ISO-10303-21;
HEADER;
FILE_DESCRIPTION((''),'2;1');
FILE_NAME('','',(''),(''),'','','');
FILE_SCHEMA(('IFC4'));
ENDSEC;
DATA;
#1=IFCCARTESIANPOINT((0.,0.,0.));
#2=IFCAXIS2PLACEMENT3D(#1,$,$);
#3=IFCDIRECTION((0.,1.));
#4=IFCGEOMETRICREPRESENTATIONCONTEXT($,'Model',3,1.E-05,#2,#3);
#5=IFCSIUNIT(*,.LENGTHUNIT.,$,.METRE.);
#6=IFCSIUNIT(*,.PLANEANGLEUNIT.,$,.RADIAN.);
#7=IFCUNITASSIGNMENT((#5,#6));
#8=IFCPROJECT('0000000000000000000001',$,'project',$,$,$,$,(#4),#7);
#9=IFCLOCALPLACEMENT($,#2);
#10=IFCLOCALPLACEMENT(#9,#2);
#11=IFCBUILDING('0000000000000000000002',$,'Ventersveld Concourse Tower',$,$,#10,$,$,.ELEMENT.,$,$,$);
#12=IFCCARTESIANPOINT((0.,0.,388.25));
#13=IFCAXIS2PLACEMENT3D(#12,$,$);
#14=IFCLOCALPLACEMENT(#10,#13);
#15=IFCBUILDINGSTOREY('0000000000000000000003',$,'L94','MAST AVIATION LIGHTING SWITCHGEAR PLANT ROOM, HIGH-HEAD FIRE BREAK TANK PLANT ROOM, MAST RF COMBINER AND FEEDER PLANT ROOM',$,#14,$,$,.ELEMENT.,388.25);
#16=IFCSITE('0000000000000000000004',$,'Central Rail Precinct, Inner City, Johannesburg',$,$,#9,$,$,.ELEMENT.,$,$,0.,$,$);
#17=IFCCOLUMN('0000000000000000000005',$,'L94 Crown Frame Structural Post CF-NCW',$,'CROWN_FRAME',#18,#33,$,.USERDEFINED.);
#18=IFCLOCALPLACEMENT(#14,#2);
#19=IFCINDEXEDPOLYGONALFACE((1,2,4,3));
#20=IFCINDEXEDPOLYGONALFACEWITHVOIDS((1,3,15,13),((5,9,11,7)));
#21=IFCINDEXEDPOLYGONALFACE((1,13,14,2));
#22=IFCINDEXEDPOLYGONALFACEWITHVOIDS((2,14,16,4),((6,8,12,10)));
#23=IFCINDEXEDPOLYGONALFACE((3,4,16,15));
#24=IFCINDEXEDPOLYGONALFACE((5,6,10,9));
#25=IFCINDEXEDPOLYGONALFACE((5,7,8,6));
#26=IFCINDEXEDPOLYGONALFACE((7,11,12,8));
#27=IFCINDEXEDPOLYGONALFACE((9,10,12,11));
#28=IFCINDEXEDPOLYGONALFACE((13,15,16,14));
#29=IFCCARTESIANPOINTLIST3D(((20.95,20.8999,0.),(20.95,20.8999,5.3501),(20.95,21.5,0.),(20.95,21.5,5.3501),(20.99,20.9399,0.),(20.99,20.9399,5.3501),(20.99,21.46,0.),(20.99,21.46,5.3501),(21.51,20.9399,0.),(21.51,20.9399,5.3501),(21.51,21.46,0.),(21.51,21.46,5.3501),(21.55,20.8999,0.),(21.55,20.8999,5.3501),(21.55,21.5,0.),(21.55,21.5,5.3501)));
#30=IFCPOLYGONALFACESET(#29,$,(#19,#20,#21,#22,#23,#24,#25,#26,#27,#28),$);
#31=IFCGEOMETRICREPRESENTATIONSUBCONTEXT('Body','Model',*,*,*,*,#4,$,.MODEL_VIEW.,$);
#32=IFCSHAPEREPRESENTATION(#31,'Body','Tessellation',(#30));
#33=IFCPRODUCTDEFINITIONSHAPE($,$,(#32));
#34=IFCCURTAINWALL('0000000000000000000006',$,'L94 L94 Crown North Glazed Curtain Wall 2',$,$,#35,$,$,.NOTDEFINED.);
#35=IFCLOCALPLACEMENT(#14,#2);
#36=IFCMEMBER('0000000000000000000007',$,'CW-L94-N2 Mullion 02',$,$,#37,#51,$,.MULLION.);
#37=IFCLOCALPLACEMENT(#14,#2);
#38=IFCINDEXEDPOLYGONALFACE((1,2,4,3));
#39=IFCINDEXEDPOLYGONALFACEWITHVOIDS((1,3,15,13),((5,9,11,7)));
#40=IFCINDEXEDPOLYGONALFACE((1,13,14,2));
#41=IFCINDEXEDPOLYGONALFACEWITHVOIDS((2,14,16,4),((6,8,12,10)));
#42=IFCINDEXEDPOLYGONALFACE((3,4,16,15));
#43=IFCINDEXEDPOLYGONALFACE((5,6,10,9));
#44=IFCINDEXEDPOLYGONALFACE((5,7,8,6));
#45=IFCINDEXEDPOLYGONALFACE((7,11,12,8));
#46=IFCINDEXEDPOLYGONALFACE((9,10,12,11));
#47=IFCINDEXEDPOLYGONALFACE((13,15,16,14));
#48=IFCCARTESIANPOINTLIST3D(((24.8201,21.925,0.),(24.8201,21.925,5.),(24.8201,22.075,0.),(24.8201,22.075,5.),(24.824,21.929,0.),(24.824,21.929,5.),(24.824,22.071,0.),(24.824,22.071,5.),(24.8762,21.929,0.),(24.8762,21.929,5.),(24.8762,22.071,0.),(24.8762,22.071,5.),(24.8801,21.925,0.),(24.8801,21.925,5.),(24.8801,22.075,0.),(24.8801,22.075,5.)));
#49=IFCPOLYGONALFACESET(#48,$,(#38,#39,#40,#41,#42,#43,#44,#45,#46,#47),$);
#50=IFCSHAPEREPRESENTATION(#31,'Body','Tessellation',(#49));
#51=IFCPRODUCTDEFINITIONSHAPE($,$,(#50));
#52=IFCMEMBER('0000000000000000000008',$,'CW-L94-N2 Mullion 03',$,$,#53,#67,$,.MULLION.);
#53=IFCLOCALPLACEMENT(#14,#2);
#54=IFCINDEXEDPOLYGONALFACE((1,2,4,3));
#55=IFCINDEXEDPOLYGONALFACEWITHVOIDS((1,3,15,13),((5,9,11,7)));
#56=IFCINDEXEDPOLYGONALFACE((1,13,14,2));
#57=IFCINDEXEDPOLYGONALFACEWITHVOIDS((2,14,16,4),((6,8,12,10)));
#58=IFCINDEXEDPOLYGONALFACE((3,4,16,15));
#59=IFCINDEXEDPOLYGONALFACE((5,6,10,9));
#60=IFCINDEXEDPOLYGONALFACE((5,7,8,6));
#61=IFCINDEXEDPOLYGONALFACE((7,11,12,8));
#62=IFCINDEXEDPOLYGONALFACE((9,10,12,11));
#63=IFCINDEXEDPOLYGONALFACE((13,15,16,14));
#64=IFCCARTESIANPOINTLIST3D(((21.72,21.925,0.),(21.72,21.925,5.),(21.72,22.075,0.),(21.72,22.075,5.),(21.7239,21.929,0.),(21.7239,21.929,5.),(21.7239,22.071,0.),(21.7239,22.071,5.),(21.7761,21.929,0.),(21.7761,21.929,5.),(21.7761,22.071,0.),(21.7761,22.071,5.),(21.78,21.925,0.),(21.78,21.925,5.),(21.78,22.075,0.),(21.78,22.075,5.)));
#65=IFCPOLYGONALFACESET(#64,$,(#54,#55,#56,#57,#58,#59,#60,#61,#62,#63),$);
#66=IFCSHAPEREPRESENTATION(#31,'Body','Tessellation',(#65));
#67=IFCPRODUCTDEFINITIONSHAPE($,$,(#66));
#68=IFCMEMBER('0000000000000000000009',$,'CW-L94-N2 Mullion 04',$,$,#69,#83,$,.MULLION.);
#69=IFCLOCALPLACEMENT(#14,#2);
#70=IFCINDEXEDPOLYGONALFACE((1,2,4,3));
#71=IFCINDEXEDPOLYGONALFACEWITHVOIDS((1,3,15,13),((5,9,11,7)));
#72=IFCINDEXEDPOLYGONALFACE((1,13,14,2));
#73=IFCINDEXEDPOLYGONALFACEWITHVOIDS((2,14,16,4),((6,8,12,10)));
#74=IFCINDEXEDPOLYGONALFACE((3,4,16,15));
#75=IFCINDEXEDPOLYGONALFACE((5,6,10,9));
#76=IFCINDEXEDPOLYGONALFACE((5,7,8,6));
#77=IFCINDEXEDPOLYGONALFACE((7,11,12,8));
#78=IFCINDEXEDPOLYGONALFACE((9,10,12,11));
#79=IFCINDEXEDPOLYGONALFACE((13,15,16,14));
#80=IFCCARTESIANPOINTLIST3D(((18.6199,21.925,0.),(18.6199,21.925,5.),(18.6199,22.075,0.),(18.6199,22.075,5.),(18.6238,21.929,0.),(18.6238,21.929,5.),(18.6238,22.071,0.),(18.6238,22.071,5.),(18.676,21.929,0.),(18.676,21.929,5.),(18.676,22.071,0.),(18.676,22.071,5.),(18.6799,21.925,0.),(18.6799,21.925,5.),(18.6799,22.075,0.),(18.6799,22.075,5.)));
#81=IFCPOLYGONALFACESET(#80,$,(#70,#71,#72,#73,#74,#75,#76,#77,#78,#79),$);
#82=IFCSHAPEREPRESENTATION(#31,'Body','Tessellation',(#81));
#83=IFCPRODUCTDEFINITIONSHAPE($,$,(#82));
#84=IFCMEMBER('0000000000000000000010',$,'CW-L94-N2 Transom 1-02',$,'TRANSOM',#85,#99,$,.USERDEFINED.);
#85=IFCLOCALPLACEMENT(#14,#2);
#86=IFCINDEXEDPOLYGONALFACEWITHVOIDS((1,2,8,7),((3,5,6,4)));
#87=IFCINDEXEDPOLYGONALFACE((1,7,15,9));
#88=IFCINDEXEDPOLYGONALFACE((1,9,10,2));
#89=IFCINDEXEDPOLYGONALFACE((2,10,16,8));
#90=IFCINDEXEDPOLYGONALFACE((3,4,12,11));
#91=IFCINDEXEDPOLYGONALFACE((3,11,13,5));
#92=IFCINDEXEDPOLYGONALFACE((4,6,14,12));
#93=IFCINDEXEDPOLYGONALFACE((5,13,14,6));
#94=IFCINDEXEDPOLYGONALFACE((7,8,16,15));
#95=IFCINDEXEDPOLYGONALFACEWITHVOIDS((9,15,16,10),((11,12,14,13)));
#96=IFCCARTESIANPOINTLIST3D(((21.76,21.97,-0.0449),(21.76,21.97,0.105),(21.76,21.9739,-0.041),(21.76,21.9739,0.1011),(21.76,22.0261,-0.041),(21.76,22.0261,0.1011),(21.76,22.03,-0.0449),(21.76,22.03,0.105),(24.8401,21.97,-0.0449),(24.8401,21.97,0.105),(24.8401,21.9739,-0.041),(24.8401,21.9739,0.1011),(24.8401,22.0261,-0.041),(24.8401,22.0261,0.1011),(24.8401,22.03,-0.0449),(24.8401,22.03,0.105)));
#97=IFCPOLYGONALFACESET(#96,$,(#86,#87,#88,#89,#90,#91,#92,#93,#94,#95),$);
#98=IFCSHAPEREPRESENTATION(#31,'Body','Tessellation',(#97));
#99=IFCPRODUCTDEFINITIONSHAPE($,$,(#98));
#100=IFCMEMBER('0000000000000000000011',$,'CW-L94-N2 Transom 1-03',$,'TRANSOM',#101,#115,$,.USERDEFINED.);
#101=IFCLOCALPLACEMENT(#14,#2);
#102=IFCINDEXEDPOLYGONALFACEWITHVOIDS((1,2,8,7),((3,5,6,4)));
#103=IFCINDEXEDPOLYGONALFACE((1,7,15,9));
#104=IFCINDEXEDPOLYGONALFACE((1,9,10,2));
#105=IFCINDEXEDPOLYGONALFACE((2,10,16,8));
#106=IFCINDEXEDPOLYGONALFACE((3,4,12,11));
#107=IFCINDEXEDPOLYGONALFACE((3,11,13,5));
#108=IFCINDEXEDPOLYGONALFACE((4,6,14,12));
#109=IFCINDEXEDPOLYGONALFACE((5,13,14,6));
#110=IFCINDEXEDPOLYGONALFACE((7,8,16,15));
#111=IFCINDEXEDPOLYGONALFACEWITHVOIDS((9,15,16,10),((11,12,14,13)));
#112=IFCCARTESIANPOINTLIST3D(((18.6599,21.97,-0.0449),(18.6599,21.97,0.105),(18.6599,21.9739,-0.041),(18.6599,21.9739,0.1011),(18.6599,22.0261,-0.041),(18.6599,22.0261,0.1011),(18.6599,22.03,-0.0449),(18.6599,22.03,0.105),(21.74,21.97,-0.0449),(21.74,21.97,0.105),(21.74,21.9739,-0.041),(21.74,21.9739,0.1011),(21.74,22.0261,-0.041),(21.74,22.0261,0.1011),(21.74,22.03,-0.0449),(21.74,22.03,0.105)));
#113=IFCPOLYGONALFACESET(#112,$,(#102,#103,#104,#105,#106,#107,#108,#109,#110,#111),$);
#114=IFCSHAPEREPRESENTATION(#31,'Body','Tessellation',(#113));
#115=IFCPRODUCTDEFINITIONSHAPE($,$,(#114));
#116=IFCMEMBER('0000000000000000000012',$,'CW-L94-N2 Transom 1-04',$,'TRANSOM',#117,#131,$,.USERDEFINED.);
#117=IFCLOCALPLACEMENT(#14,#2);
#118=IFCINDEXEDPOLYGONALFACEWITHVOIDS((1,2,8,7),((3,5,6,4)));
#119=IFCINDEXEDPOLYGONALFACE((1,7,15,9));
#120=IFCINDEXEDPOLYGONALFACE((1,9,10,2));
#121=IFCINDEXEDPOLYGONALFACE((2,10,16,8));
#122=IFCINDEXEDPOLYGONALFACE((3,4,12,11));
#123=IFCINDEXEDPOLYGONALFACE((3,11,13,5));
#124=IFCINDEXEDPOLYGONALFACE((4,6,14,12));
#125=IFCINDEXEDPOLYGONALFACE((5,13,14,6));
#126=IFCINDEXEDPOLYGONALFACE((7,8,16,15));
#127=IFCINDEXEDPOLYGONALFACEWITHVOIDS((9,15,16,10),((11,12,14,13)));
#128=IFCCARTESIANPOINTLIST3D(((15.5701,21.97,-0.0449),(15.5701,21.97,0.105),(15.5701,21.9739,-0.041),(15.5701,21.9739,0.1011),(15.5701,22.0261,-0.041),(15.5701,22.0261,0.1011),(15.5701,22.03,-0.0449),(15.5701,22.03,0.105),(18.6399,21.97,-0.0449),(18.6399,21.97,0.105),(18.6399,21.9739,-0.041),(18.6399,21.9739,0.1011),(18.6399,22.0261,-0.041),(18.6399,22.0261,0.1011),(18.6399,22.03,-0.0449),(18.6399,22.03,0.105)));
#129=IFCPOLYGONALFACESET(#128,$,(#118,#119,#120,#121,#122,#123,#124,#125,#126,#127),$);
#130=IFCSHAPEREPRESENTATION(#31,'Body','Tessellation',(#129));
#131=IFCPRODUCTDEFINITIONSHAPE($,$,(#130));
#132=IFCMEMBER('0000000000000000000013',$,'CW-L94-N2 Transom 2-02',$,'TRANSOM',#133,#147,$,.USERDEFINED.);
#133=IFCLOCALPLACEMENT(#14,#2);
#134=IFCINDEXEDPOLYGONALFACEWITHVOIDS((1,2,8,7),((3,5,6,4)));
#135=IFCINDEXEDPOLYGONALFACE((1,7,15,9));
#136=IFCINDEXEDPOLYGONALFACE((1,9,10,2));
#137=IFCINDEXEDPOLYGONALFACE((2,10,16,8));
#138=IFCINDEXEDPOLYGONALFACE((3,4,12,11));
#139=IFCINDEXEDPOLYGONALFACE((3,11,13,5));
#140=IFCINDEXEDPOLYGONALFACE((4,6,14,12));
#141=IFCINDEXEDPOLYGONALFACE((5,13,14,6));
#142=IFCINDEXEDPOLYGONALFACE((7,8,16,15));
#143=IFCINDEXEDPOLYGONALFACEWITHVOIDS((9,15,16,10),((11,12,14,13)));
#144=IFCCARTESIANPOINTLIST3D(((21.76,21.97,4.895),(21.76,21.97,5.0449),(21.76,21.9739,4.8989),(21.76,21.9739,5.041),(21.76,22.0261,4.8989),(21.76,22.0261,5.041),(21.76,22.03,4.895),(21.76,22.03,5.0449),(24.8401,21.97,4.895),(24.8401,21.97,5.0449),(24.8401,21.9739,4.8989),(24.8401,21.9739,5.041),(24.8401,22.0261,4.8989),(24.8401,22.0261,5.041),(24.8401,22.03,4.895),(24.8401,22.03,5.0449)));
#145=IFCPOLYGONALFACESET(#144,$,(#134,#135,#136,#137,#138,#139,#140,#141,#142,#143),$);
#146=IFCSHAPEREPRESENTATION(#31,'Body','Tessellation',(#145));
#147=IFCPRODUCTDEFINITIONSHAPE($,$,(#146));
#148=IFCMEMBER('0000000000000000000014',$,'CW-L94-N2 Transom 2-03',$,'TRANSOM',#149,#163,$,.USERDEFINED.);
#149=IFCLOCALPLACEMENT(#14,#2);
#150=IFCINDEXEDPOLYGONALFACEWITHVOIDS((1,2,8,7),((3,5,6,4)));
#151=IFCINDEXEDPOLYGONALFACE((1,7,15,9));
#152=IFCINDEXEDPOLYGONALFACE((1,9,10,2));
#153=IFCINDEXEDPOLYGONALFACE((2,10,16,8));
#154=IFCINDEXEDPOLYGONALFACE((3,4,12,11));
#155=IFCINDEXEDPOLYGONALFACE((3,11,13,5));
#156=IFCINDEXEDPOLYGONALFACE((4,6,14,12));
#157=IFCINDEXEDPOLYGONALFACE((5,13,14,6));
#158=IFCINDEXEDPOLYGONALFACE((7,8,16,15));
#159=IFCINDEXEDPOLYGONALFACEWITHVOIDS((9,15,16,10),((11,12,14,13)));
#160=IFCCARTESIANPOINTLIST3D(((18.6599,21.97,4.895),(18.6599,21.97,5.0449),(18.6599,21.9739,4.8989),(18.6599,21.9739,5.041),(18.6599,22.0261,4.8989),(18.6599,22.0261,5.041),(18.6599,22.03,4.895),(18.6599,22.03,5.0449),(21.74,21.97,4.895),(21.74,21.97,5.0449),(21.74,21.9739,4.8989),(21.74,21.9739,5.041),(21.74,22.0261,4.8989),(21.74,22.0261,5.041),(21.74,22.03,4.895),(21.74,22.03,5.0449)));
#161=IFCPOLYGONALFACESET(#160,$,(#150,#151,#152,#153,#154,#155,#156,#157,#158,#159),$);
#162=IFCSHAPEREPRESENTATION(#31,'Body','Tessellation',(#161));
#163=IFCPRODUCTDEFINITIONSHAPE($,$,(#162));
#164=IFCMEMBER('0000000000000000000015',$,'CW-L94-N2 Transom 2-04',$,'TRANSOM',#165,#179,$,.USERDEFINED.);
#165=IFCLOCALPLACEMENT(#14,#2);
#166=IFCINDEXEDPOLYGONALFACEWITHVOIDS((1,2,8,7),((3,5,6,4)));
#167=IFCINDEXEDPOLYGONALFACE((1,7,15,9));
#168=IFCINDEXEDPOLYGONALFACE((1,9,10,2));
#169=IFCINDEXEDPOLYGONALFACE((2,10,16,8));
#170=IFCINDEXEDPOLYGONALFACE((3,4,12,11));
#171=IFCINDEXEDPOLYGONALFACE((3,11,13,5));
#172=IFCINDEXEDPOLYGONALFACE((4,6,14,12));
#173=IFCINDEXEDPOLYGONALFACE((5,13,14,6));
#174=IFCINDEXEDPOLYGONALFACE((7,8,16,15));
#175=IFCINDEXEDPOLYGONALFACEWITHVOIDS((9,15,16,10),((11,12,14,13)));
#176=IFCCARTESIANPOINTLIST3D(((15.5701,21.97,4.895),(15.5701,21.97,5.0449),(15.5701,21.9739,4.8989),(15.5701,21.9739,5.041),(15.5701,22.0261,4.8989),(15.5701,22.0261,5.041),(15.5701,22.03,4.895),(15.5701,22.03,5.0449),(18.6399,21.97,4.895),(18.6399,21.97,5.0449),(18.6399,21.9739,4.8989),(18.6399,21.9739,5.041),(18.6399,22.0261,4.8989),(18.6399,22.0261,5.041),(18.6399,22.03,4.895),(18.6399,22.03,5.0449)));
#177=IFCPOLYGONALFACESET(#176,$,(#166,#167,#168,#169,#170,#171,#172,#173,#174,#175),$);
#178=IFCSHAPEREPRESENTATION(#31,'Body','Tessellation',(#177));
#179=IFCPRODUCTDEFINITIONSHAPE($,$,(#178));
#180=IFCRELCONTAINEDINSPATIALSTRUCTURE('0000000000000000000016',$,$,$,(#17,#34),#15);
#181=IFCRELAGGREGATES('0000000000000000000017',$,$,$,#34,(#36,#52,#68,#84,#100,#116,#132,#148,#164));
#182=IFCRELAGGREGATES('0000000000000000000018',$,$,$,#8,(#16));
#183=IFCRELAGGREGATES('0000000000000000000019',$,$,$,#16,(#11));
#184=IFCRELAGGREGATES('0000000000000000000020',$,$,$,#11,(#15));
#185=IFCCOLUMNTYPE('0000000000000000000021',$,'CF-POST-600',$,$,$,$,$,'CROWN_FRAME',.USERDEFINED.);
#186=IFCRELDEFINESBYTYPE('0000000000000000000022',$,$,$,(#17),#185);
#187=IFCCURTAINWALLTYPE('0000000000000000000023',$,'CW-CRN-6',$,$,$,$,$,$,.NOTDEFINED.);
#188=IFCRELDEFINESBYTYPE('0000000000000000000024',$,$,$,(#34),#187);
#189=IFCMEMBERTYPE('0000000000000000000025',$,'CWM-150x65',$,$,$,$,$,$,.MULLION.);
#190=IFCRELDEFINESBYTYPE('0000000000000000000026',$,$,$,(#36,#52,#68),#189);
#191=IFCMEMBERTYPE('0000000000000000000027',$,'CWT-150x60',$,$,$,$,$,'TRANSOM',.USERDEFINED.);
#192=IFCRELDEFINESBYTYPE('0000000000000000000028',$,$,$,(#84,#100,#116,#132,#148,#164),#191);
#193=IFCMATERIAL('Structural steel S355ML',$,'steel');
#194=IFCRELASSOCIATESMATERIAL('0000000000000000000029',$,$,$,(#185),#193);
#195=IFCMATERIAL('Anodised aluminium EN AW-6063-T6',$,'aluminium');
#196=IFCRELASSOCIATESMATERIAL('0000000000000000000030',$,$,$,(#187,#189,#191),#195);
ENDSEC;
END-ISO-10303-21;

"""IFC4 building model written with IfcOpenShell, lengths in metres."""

from ifc_helpers import new_model, si_unit, direction, frame, origin, origin_2d, place, context, subcontext, project, spatial, hollow_rectangle, extrude, material, material_profile, profile_set, type_object, element, aggregate, save


model = new_model("IFC4")

# Units and contexts
model_context = context("Model", 3, precision=1e-05, world=origin(), true_north=direction((0.0, 1.0)))
body_context = subcontext(model_context, "Body", "Model", "MODEL_VIEW")
ifc_project = project(units=[si_unit("LENGTHUNIT", "METRE"), si_unit("PLANEANGLEUNIT", "RADIAN")], contexts=[model_context])

# Site, building, storey
site_placement = place(None, origin())
site = spatial("IfcSite", under=ifc_project, at=site_placement, Name="Central Rail Precinct, Inner City, Johannesburg", CompositionType="ELEMENT", RefElevation=0.0)
building_placement = place(site_placement, origin())
building = spatial("IfcBuilding", under=site, at=building_placement, Name="Ventersveld Concourse Tower", CompositionType="ELEMENT")
storey_placement = place(building_placement, frame((0.0, 0.0, 388.25)))
storey = spatial("IfcBuildingStorey", under=building, at=storey_placement, Name="L94", Description="MAST AVIATION LIGHTING SWITCHGEAR PLANT ROOM, HIGH-HEAD FIRE BREAK TANK PLANT ROOM, MAST RF COMBINER AND FEEDER PLANT ROOM", CompositionType="ELEMENT", Elevation=388.25)

# Column
ifc_material_1 = material(Name="Structural steel S355ML", Category="steel")
ifc_material_profile_1 = material_profile(ifc_material_1, hollow_rectangle(XDim=0.6001, YDim=0.6001, WallThickness=0.04, at=origin_2d()), Name="BOX 600x600x40")
ifc_profile_set_1 = profile_set([ifc_material_profile_1], Name="Structural steel S355ML")
column_type = type_object("IfcColumnType", Name="CF-POST-600", ElementType="CROWN_FRAME", PredefinedType="USERDEFINED", material=ifc_profile_set_1)
column_placement = place(storey_placement, frame((21.25, 21.2, 0.0), z_axis=(0.0, 0.0, 1.0), x_axis=(1.0, 0.0, 0.0)))
element("IfcColumn", 1, at=column_placement, inside=storey, type_object=column_type, Name="L94 Crown Frame Structural Post CF-NCW", ObjectType="CROWN_FRAME", PredefinedType="USERDEFINED", context=body_context, shape_type="SweptSolid", body=[
    extrude(hollow_rectangle(XDim=0.6001, YDim=0.6001, WallThickness=0.04, at=origin_2d()), origin(), (0.0, 0.0, 1.0), 5.3501),
])

# Curtain wall, members
ifc_material_2 = material(Name="Anodised aluminium EN AW-6063-T6", Category="aluminium")
curtain_wall_type = type_object("IfcCurtainWallType", Name="CW-CRN-6", PredefinedType="NOTDEFINED", material=ifc_material_2)
curtain_wall_placement = place(storey_placement, origin())
curtain_wall = element("IfcCurtainWall", 2, at=curtain_wall_placement, inside=storey, type_object=curtain_wall_type, Name="L94 L94 Crown North Glazed Curtain Wall 2", PredefinedType="NOTDEFINED")
ifc_material_profile_2 = material_profile(ifc_material_2, hollow_rectangle(XDim=0.0601, YDim=0.1499, WallThickness=0.0039, at=origin_2d()), Name="ALU 150x60x4")
ifc_profile_set_2 = profile_set([ifc_material_profile_2], Name="Anodised aluminium EN AW-6063-T6")
member_type_1 = type_object("IfcMemberType", Name="CWM-150x65", PredefinedType="MULLION", material=ifc_profile_set_2)
member_1_placement = place(storey_placement, frame((24.8501, 22.0, 0.0), z_axis=(0.0, 0.0, 1.0), x_axis=(1.0, 0.0, 0.0)))
member_1 = element("IfcMember", 3, at=member_1_placement, type_object=member_type_1, Name="CW-L94-N2 Mullion 02", PredefinedType="MULLION", context=body_context, shape_type="SweptSolid", body=[
    extrude(hollow_rectangle(XDim=0.0601, YDim=0.1499, WallThickness=0.0039, at=origin_2d()), origin(), (0.0, 0.0, 1.0), 5.0),
])
member_2_placement = place(storey_placement, frame((21.75, 22.0, 0.0), z_axis=(0.0, 0.0, 1.0), x_axis=(1.0, 0.0, 0.0)))
member_2 = element("IfcMember", 4, at=member_2_placement, type_object=member_type_1, Name="CW-L94-N2 Mullion 03", PredefinedType="MULLION", context=body_context, shape_type="SweptSolid", body=[
    extrude(hollow_rectangle(XDim=0.0601, YDim=0.1499, WallThickness=0.0039, at=origin_2d()), origin(), (0.0, 0.0, 1.0), 5.0),
])
member_3_placement = place(storey_placement, frame((18.6499, 22.0, 0.0), z_axis=(0.0, 0.0, 1.0), x_axis=(1.0, 0.0, 0.0)))
member_3 = element("IfcMember", 5, at=member_3_placement, type_object=member_type_1, Name="CW-L94-N2 Mullion 04", PredefinedType="MULLION", context=body_context, shape_type="SweptSolid", body=[
    extrude(hollow_rectangle(XDim=0.0601, YDim=0.1499, WallThickness=0.0039, at=origin_2d()), origin(), (0.0, 0.0, 1.0), 5.0),
])
ifc_material_profile_3 = material_profile(ifc_material_2, hollow_rectangle(XDim=0.0601, YDim=0.1499, WallThickness=0.0039, at=origin_2d()), Name="ALU 150x60x4")
ifc_profile_set_3 = profile_set([ifc_material_profile_3], Name="Anodised aluminium EN AW-6063-T6")
member_type_2 = type_object("IfcMemberType", Name="CWT-150x60", ElementType="TRANSOM", PredefinedType="USERDEFINED", material=ifc_profile_set_3)
member_4_placement = place(storey_placement, frame((24.8401, 22.0, 0.03), z_axis=(-1.0, 0.0, 0.0), x_axis=(0.0, -1.0, 0.0)))
member_4 = element("IfcMember", 6, at=member_4_placement, type_object=member_type_2, Name="CW-L94-N2 Transom 1-02", ObjectType="TRANSOM", PredefinedType="USERDEFINED", context=body_context, shape_type="SweptSolid", body=[
    extrude(hollow_rectangle(XDim=0.0601, YDim=0.1499, WallThickness=0.0039, at=origin_2d()), origin(), (0.0, 0.0, 1.0), 3.0801),
])
member_5_placement = place(storey_placement, frame((21.74, 22.0, 0.03), z_axis=(-1.0, 0.0, 0.0), x_axis=(0.0, -1.0, 0.0)))
member_5 = element("IfcMember", 7, at=member_5_placement, type_object=member_type_2, Name="CW-L94-N2 Transom 1-03", ObjectType="TRANSOM", PredefinedType="USERDEFINED", context=body_context, shape_type="SweptSolid", body=[
    extrude(hollow_rectangle(XDim=0.0601, YDim=0.1499, WallThickness=0.0039, at=origin_2d()), origin(), (0.0, 0.0, 1.0), 3.0801),
])
member_6_placement = place(storey_placement, frame((18.6399, 22.0, 0.03), z_axis=(-1.0, 0.0, 0.0), x_axis=(0.0, -1.0, 0.0)))
member_6 = element("IfcMember", 8, at=member_6_placement, type_object=member_type_2, Name="CW-L94-N2 Transom 1-04", ObjectType="TRANSOM", PredefinedType="USERDEFINED", context=body_context, shape_type="SweptSolid", body=[
    extrude(hollow_rectangle(XDim=0.0601, YDim=0.1499, WallThickness=0.0039, at=origin_2d()), origin(), (0.0, 0.0, 1.0), 3.0698),
])
member_7_placement = place(storey_placement, frame((24.8401, 22.0, 4.97), z_axis=(-1.0, 0.0, 0.0), x_axis=(0.0, -1.0, 0.0)))
member_7 = element("IfcMember", 9, at=member_7_placement, type_object=member_type_2, Name="CW-L94-N2 Transom 2-02", ObjectType="TRANSOM", PredefinedType="USERDEFINED", context=body_context, shape_type="SweptSolid", body=[
    extrude(hollow_rectangle(XDim=0.0601, YDim=0.1499, WallThickness=0.0039, at=origin_2d()), origin(), (0.0, 0.0, 1.0), 3.0801),
])
member_8_placement = place(storey_placement, frame((21.74, 22.0, 4.97), z_axis=(-1.0, 0.0, 0.0), x_axis=(0.0, -1.0, 0.0)))
member_8 = element("IfcMember", 10, at=member_8_placement, type_object=member_type_2, Name="CW-L94-N2 Transom 2-03", ObjectType="TRANSOM", PredefinedType="USERDEFINED", context=body_context, shape_type="SweptSolid", body=[
    extrude(hollow_rectangle(XDim=0.0601, YDim=0.1499, WallThickness=0.0039, at=origin_2d()), origin(), (0.0, 0.0, 1.0), 3.0801),
])
member_9_placement = place(storey_placement, frame((18.6399, 22.0, 4.97), z_axis=(-1.0, 0.0, 0.0), x_axis=(0.0, -1.0, 0.0)))
member_9 = element("IfcMember", 11, at=member_9_placement, type_object=member_type_2, Name="CW-L94-N2 Transom 2-04", ObjectType="TRANSOM", PredefinedType="USERDEFINED", context=body_context, shape_type="SweptSolid", body=[
    extrude(hollow_rectangle(XDim=0.0601, YDim=0.1499, WallThickness=0.0039, at=origin_2d()), origin(), (0.0, 0.0, 1.0), 3.0698),
])

aggregate(curtain_wall, [member_1, member_2, member_3, member_4, member_5, member_6, member_7, member_8, member_9])

save(model, "model.ifc")
